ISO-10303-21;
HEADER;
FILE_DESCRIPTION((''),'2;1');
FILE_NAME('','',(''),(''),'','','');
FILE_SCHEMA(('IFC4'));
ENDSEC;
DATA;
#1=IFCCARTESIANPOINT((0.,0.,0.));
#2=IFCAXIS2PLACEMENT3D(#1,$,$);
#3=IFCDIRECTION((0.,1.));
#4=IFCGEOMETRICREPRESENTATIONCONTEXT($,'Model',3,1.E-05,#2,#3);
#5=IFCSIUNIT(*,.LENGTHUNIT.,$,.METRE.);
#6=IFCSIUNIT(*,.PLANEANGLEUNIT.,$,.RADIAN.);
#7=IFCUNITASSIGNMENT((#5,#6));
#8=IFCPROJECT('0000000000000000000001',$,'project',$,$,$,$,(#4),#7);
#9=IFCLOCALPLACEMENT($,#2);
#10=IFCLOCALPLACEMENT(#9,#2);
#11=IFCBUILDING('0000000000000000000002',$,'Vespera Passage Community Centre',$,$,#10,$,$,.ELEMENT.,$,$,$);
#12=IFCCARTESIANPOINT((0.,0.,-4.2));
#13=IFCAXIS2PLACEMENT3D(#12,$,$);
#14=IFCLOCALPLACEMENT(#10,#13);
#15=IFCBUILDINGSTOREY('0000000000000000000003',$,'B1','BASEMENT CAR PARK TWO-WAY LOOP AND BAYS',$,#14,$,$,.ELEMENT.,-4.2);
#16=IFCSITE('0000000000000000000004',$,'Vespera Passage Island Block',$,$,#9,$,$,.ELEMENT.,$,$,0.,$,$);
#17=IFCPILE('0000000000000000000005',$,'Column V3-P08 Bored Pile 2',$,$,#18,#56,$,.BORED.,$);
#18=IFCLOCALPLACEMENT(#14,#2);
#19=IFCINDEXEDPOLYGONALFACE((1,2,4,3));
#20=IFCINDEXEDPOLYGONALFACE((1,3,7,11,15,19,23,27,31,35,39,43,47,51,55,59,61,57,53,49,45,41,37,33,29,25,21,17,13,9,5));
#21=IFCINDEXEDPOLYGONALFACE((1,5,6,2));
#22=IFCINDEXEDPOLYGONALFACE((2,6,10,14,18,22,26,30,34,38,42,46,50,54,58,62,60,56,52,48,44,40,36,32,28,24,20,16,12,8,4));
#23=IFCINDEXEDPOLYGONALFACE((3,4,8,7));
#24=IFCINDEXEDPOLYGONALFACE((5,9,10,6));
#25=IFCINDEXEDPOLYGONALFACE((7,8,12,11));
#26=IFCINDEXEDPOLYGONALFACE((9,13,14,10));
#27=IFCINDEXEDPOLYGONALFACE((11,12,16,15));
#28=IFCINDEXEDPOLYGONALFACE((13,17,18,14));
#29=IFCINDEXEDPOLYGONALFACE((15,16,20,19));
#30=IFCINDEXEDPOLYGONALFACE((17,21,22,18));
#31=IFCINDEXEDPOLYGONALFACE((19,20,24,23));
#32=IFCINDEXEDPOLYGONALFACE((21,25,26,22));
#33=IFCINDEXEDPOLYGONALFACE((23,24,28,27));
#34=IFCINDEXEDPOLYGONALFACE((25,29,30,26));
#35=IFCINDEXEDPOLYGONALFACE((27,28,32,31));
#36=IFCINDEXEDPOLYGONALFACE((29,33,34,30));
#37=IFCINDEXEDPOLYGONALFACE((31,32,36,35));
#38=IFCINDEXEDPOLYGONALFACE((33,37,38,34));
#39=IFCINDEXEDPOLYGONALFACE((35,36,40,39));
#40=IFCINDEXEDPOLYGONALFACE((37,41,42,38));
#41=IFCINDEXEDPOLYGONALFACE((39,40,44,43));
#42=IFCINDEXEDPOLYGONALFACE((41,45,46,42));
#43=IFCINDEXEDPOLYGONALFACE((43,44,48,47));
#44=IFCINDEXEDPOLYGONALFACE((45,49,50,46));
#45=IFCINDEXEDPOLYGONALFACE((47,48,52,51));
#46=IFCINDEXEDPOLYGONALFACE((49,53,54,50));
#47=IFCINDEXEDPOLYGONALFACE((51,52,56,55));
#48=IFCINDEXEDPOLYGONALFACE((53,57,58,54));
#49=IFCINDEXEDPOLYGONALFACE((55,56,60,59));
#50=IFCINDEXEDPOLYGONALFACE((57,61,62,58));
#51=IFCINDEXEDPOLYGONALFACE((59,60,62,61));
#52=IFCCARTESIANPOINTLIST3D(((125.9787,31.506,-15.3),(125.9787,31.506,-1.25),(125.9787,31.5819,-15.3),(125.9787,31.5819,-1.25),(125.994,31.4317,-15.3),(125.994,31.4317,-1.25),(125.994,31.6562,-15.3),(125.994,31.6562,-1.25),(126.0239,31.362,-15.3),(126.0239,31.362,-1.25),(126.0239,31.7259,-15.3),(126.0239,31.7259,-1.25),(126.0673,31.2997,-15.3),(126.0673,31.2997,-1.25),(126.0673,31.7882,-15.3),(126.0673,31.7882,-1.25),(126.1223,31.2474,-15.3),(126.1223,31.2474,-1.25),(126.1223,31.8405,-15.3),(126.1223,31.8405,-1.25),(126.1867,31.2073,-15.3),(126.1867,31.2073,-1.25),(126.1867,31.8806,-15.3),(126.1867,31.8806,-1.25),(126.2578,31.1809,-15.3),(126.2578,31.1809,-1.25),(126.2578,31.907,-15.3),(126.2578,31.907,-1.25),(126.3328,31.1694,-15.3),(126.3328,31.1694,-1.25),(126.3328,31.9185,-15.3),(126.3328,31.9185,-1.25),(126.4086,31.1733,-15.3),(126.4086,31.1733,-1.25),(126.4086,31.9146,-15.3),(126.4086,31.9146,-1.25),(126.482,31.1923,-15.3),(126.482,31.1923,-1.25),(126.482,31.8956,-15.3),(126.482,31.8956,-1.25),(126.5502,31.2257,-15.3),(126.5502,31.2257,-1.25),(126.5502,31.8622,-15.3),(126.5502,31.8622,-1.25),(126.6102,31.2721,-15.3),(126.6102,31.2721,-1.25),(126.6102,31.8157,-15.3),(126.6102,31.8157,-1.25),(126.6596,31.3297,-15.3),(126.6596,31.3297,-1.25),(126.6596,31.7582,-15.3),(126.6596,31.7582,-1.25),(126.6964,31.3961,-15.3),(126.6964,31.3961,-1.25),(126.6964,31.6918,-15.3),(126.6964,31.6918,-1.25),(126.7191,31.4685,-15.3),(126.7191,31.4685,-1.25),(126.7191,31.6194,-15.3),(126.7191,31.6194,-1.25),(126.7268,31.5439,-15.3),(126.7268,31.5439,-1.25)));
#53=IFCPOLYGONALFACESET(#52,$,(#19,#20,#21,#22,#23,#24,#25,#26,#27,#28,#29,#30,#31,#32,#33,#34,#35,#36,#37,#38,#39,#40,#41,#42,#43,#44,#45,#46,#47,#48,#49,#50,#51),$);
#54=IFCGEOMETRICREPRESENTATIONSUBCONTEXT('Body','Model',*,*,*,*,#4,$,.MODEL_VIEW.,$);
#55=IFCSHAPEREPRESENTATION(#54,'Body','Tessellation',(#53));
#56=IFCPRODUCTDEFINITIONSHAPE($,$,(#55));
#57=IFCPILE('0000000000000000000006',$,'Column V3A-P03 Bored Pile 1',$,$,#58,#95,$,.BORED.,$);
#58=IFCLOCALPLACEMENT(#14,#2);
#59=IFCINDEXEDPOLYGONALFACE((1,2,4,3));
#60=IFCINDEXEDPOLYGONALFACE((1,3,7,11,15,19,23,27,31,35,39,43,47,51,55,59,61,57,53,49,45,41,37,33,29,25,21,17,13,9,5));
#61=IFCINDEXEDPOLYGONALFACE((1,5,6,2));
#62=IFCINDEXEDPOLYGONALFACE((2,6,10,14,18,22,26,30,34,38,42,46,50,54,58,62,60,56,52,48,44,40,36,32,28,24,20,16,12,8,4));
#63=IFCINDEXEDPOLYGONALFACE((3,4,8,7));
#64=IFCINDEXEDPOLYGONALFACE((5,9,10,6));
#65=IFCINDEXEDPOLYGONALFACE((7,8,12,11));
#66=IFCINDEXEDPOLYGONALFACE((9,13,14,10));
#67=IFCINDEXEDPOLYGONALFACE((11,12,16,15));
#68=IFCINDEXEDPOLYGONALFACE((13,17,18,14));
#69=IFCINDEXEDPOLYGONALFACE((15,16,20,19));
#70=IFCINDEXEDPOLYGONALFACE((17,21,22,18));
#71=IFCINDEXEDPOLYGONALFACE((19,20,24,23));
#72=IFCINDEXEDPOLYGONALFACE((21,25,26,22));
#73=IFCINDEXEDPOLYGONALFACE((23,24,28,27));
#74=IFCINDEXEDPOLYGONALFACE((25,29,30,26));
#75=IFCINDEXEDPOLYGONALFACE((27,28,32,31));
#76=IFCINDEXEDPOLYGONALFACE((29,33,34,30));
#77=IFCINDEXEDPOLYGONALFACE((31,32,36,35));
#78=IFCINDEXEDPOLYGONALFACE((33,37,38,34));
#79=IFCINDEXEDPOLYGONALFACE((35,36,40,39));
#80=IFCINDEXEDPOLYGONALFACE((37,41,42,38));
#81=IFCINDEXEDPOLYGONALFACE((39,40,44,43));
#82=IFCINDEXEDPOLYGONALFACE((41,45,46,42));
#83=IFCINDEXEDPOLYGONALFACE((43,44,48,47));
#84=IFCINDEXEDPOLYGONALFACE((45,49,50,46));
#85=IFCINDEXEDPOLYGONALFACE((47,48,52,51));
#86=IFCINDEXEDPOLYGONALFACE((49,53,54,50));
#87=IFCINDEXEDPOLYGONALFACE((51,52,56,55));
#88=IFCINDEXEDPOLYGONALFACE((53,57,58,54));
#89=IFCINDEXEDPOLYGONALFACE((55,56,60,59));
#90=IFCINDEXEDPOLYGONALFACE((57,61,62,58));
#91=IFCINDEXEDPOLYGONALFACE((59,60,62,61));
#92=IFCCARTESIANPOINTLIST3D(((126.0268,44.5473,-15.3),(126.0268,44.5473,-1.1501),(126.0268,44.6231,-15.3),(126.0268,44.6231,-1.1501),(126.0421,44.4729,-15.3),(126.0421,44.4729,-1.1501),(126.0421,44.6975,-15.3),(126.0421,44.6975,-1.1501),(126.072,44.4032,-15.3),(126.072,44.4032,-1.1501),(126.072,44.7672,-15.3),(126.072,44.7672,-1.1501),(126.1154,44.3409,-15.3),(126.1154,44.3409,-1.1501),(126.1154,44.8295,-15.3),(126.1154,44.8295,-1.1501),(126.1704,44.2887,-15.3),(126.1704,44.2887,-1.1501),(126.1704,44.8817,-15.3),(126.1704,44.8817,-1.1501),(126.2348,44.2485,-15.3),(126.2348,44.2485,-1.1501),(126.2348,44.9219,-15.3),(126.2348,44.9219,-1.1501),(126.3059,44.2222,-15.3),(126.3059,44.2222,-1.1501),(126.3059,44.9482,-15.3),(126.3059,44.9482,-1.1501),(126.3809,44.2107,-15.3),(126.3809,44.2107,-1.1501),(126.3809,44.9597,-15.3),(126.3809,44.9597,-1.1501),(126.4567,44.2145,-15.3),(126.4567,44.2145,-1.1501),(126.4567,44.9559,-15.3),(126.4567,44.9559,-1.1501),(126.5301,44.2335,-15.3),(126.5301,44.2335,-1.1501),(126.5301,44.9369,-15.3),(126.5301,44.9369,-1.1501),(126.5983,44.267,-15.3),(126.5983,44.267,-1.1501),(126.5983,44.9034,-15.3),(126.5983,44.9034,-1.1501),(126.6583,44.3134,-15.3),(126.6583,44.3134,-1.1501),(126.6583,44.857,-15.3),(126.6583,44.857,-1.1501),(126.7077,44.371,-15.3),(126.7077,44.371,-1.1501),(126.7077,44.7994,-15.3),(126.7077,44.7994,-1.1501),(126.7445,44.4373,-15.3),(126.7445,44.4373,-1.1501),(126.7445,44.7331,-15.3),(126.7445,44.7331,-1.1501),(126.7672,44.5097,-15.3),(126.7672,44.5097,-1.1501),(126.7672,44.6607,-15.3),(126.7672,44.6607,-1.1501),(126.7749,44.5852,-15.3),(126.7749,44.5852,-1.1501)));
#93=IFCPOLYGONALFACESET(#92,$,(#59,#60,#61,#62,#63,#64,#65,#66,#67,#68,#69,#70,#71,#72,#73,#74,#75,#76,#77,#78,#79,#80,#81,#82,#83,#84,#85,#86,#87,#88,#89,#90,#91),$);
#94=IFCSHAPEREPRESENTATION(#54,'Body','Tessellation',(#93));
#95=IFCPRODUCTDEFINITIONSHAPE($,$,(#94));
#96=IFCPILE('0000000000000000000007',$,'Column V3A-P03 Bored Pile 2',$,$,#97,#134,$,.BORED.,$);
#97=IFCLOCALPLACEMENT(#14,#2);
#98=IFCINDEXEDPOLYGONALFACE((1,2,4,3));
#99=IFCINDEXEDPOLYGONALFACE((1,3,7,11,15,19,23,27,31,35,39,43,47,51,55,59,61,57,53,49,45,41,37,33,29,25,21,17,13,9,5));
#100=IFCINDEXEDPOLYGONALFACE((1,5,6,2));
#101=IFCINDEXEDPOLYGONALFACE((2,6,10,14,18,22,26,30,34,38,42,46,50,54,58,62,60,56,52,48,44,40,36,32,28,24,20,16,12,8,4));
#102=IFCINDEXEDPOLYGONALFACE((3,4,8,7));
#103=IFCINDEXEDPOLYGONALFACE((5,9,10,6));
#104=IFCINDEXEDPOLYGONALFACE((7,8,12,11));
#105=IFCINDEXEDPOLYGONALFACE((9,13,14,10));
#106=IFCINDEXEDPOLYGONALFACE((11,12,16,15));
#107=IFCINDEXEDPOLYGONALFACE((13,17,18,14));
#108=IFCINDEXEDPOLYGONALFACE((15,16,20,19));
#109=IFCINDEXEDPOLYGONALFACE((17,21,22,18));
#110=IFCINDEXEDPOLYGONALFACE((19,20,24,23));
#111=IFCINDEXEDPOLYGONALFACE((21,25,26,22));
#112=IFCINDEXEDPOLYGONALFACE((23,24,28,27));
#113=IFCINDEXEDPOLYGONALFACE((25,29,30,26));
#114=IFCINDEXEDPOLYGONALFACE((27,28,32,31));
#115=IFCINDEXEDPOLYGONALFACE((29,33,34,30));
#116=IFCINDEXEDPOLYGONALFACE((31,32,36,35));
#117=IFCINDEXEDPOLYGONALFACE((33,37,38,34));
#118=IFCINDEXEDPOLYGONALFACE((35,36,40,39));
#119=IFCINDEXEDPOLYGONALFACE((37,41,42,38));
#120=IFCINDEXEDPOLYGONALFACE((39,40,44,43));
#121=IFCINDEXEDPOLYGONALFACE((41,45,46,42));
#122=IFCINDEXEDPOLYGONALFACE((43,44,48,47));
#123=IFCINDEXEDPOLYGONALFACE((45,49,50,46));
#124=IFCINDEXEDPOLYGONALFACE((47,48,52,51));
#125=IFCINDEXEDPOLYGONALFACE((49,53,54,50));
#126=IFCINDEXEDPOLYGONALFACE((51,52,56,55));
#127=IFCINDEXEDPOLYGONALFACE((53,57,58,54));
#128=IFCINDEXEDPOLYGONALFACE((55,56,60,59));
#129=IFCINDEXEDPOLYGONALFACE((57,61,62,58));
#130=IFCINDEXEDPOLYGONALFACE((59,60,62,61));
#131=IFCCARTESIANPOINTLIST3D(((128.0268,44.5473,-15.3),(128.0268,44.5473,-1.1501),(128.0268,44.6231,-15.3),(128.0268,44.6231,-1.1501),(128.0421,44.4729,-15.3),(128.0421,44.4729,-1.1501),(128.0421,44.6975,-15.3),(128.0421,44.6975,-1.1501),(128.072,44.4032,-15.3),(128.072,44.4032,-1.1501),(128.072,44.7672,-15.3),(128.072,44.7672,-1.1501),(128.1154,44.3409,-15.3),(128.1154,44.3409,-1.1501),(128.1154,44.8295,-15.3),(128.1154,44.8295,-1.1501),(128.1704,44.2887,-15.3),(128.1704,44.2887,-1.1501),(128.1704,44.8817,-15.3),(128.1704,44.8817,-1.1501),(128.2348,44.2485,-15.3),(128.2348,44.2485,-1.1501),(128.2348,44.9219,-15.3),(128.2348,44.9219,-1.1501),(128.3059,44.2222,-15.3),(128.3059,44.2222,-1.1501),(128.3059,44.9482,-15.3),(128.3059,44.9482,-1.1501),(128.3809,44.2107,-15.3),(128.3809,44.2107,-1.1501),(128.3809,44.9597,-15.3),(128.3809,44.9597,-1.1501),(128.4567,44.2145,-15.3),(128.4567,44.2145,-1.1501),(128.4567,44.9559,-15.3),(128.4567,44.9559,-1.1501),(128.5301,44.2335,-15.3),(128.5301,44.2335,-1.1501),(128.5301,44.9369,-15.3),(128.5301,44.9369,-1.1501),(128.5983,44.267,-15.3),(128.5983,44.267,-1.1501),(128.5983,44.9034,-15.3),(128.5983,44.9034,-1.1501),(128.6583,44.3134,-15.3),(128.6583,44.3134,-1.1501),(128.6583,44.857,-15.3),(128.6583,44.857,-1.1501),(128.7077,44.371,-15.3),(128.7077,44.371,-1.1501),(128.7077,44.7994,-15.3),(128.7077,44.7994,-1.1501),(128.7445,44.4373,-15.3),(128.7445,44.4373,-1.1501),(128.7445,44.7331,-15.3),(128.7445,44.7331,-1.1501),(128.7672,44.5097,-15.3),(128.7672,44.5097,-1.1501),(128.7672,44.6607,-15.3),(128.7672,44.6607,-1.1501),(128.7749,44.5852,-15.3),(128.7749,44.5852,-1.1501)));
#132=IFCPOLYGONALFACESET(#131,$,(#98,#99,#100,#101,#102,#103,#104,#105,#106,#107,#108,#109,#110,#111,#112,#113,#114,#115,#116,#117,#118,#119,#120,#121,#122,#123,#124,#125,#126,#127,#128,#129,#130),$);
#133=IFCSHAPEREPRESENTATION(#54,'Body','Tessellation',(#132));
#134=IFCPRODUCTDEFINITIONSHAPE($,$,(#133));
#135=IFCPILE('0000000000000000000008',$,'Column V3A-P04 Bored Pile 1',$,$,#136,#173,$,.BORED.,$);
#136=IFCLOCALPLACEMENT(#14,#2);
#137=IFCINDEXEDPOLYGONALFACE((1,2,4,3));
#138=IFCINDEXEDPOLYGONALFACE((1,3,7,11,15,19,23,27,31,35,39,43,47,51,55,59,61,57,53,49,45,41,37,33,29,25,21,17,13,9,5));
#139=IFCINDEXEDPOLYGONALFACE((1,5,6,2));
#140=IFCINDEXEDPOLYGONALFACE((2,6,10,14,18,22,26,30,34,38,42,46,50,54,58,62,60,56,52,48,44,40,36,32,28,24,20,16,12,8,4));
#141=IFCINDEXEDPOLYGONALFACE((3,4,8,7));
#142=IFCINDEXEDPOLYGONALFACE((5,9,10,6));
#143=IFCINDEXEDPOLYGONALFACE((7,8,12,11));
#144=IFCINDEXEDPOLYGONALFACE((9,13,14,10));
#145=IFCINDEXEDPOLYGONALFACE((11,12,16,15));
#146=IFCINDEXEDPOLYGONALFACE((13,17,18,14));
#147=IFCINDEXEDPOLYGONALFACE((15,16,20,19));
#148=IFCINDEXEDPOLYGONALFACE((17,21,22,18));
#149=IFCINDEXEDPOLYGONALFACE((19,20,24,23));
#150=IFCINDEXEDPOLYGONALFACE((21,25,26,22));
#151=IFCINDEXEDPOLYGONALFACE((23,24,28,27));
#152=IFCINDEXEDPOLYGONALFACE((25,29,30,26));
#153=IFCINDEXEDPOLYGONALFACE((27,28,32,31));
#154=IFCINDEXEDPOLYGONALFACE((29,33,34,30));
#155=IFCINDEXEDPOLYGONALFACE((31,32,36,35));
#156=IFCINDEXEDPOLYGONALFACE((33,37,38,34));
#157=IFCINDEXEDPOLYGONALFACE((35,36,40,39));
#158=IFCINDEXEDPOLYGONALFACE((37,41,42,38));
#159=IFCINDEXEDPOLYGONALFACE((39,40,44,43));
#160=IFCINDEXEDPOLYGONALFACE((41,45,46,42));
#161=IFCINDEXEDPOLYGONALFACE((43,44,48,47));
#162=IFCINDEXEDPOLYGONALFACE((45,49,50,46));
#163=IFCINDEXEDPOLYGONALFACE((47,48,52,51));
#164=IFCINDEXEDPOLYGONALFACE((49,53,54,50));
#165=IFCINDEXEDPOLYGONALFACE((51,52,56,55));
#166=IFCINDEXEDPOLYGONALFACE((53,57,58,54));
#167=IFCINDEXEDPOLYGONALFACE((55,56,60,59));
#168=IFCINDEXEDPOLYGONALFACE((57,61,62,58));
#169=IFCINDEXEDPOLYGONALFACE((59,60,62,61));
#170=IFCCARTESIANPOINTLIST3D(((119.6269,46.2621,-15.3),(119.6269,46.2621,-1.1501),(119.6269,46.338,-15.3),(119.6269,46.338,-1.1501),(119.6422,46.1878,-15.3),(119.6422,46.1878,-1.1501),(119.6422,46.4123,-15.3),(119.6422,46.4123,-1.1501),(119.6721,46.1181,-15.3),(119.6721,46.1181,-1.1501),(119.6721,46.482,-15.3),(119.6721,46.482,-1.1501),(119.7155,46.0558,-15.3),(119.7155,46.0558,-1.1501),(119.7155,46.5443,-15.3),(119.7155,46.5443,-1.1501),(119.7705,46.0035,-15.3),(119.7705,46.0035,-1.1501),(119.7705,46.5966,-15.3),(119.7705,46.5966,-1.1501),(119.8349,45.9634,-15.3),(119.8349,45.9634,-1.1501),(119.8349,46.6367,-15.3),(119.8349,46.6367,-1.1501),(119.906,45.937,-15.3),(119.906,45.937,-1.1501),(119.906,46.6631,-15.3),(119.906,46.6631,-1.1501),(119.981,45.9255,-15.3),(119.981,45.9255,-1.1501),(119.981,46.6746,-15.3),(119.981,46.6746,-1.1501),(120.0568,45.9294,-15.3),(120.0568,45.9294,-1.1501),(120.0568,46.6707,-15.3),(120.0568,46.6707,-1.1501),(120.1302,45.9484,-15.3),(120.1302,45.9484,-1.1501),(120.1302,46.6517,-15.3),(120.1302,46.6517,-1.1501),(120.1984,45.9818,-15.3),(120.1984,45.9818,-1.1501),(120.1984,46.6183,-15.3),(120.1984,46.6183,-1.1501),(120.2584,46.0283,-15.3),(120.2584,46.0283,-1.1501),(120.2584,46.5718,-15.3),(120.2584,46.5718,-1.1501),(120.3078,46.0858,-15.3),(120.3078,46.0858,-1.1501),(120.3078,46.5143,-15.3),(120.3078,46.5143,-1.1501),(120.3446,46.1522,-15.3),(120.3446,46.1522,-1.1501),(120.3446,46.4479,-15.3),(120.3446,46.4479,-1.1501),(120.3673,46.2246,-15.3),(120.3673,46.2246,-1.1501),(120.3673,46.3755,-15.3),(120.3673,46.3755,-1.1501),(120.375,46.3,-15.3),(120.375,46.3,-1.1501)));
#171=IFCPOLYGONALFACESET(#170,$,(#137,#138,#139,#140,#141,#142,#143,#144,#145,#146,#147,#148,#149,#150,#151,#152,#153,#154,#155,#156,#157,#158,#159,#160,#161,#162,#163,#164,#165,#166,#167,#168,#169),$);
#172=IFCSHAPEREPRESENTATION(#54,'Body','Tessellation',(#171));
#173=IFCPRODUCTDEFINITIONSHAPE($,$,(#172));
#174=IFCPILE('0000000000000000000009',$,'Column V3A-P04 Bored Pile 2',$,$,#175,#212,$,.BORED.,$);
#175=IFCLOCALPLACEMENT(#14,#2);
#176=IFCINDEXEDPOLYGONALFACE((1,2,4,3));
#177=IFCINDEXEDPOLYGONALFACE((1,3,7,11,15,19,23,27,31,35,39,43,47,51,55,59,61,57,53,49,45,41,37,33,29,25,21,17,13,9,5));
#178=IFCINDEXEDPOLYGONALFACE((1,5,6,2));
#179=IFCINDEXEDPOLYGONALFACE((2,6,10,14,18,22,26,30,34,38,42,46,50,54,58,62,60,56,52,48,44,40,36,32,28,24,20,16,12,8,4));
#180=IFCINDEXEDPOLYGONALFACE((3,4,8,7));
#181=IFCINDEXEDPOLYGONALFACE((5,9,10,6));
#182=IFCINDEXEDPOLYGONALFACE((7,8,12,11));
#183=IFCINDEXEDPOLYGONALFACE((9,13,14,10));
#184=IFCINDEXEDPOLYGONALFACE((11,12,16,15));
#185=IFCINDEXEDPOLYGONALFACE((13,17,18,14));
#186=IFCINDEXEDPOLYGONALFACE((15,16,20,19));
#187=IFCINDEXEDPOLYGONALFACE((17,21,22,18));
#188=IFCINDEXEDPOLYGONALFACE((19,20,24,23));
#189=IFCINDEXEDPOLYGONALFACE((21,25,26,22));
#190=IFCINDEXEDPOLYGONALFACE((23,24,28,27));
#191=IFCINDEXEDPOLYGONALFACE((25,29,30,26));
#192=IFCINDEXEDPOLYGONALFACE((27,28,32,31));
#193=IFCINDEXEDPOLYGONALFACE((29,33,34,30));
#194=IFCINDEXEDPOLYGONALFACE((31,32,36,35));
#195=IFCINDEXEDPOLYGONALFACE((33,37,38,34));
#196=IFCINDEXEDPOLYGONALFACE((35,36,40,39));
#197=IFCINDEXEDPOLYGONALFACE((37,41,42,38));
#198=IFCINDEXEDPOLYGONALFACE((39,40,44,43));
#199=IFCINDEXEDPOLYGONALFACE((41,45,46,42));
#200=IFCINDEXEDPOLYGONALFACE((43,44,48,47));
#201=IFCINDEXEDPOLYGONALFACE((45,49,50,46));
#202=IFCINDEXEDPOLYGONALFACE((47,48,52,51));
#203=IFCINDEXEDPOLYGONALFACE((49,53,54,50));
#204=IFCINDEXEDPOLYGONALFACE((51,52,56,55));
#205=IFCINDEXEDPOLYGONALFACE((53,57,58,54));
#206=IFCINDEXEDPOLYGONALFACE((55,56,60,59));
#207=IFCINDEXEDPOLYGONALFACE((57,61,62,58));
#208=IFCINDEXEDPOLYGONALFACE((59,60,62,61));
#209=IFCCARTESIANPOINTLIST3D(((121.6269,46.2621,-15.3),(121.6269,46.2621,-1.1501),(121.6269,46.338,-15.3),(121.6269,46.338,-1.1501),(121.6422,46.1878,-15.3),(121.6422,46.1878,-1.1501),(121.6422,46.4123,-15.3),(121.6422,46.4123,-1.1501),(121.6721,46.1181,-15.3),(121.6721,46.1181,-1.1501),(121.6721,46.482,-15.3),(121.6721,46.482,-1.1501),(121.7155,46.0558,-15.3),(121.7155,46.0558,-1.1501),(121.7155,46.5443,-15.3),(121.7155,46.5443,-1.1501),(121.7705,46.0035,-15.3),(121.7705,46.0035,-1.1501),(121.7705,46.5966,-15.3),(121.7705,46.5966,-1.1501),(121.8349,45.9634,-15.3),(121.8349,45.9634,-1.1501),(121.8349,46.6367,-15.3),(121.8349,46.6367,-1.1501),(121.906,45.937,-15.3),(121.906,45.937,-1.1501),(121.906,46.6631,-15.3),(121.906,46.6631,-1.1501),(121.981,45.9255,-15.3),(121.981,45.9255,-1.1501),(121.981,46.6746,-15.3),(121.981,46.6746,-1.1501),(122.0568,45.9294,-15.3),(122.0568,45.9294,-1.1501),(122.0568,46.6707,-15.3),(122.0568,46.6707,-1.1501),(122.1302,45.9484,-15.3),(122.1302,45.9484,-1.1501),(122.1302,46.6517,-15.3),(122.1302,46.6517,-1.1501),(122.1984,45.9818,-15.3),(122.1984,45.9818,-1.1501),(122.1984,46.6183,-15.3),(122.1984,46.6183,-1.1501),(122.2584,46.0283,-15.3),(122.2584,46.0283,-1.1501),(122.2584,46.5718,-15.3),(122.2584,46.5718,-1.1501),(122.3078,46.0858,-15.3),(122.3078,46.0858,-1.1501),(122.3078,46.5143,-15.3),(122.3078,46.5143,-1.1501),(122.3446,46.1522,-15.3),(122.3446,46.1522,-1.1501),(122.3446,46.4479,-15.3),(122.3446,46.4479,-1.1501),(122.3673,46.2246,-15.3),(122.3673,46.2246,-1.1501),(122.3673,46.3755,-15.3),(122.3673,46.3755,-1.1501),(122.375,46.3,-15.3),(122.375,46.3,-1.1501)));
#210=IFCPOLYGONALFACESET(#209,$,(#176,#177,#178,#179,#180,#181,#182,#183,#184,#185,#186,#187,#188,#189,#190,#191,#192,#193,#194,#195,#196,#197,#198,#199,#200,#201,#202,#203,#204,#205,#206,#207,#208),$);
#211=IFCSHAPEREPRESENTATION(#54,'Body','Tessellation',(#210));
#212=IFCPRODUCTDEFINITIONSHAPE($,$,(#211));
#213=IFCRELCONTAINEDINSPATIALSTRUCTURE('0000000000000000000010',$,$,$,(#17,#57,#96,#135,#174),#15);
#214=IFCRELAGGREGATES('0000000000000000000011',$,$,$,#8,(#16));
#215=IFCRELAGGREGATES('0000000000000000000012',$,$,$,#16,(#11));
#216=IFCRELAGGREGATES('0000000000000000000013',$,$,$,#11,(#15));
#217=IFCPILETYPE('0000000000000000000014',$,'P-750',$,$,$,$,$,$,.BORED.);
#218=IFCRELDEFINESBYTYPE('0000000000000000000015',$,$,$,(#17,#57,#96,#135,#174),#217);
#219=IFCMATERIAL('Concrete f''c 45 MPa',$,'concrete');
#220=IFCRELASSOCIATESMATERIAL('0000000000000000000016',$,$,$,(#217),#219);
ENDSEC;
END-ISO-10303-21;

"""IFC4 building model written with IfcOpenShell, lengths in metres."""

from ifc_helpers import new_model, si_unit, direction, frame, origin, origin_2d, place, context, subcontext, project, spatial, circle, extrude, material, material_profile, profile_set, type_object, element, save


model = new_model("IFC4")

# Units and contexts
model_context = context("Model", 3, precision=1e-05, world=origin(), true_north=direction((0.0, 1.0)))
body_context = subcontext(model_context, "Body", "Model", "MODEL_VIEW")
ifc_project = project(units=[si_unit("LENGTHUNIT", "METRE"), si_unit("PLANEANGLEUNIT", "RADIAN")], contexts=[model_context])

# Site, building, storey
site_placement = place(None, origin())
site = spatial("IfcSite", under=ifc_project, at=site_placement, Name="Vespera Passage Island Block", CompositionType="ELEMENT", RefElevation=0.0)
building_placement = place(site_placement, origin())
building = spatial("IfcBuilding", under=site, at=building_placement, Name="Vespera Passage Community Centre", CompositionType="ELEMENT")
storey_placement = place(building_placement, frame((0.0, 0.0, -4.2)))
storey = spatial("IfcBuildingStorey", under=building, at=storey_placement, Name="B1", Description="BASEMENT CAR PARK TWO-WAY LOOP AND BAYS", CompositionType="ELEMENT", Elevation=-4.2)

# Piles
ifc_material_1 = material(Name="Concrete f'c 45 MPa", Category="concrete")
ifc_material_profile_1 = material_profile(ifc_material_1, circle(Radius=0.375, at=origin_2d()), Name="PILE750DIA")
ifc_profile_set_1 = profile_set([ifc_material_profile_1], Name="Concrete f'c 45 MPa")
pile_type_1 = type_object("IfcPileType", Name="P-750", PredefinedType="BORED", material=ifc_profile_set_1)
for number, where, z_axis, x_axis, name in (
    (1, (126.3518, 31.5439, -1.25), (0.0, 0.0, -1.0), (1.0, 0.0, 0.0), "Column V3-P08 Bored Pile 2"),
):
    element("IfcPile", number, at=place(storey_placement, frame(where, z_axis=z_axis, x_axis=x_axis)), inside=storey, type_object=pile_type_1, Name=name, PredefinedType="BORED", context=body_context, shape_type="SweptSolid", body=[
        extrude(circle(Radius=0.375, at=origin_2d()), origin(), (0.0, 0.0, 1.0), 14.05),
    ])
for number, where, z_axis, x_axis, name in (
    (2, (126.3999, 44.5852, -1.1501), (0.0, 0.0, -1.0), (1.0, 0.0, 0.0), "Column V3A-P03 Bored Pile 1"),
    (3, (128.3999, 44.5852, -1.1501), (0.0, 0.0, -1.0), (1.0, 0.0, 0.0), "Column V3A-P03 Bored Pile 2"),
    (4, (120.0, 46.3, -1.1501), (0.0, 0.0, -1.0), (1.0, 0.0, 0.0), "Column V3A-P04 Bored Pile 1"),
    (5, (122.0, 46.3, -1.1501), (0.0, 0.0, -1.0), (1.0, 0.0, 0.0), "Column V3A-P04 Bored Pile 2"),
):
    element("IfcPile", number, at=place(storey_placement, frame(where, z_axis=z_axis, x_axis=x_axis)), inside=storey, type_object=pile_type_1, Name=name, PredefinedType="BORED", context=body_context, shape_type="SweptSolid", body=[
        extrude(circle(Radius=0.375, at=origin_2d()), origin(), (0.0, 0.0, 1.0), 14.1499),
    ])

save(model, "model.ifc")
